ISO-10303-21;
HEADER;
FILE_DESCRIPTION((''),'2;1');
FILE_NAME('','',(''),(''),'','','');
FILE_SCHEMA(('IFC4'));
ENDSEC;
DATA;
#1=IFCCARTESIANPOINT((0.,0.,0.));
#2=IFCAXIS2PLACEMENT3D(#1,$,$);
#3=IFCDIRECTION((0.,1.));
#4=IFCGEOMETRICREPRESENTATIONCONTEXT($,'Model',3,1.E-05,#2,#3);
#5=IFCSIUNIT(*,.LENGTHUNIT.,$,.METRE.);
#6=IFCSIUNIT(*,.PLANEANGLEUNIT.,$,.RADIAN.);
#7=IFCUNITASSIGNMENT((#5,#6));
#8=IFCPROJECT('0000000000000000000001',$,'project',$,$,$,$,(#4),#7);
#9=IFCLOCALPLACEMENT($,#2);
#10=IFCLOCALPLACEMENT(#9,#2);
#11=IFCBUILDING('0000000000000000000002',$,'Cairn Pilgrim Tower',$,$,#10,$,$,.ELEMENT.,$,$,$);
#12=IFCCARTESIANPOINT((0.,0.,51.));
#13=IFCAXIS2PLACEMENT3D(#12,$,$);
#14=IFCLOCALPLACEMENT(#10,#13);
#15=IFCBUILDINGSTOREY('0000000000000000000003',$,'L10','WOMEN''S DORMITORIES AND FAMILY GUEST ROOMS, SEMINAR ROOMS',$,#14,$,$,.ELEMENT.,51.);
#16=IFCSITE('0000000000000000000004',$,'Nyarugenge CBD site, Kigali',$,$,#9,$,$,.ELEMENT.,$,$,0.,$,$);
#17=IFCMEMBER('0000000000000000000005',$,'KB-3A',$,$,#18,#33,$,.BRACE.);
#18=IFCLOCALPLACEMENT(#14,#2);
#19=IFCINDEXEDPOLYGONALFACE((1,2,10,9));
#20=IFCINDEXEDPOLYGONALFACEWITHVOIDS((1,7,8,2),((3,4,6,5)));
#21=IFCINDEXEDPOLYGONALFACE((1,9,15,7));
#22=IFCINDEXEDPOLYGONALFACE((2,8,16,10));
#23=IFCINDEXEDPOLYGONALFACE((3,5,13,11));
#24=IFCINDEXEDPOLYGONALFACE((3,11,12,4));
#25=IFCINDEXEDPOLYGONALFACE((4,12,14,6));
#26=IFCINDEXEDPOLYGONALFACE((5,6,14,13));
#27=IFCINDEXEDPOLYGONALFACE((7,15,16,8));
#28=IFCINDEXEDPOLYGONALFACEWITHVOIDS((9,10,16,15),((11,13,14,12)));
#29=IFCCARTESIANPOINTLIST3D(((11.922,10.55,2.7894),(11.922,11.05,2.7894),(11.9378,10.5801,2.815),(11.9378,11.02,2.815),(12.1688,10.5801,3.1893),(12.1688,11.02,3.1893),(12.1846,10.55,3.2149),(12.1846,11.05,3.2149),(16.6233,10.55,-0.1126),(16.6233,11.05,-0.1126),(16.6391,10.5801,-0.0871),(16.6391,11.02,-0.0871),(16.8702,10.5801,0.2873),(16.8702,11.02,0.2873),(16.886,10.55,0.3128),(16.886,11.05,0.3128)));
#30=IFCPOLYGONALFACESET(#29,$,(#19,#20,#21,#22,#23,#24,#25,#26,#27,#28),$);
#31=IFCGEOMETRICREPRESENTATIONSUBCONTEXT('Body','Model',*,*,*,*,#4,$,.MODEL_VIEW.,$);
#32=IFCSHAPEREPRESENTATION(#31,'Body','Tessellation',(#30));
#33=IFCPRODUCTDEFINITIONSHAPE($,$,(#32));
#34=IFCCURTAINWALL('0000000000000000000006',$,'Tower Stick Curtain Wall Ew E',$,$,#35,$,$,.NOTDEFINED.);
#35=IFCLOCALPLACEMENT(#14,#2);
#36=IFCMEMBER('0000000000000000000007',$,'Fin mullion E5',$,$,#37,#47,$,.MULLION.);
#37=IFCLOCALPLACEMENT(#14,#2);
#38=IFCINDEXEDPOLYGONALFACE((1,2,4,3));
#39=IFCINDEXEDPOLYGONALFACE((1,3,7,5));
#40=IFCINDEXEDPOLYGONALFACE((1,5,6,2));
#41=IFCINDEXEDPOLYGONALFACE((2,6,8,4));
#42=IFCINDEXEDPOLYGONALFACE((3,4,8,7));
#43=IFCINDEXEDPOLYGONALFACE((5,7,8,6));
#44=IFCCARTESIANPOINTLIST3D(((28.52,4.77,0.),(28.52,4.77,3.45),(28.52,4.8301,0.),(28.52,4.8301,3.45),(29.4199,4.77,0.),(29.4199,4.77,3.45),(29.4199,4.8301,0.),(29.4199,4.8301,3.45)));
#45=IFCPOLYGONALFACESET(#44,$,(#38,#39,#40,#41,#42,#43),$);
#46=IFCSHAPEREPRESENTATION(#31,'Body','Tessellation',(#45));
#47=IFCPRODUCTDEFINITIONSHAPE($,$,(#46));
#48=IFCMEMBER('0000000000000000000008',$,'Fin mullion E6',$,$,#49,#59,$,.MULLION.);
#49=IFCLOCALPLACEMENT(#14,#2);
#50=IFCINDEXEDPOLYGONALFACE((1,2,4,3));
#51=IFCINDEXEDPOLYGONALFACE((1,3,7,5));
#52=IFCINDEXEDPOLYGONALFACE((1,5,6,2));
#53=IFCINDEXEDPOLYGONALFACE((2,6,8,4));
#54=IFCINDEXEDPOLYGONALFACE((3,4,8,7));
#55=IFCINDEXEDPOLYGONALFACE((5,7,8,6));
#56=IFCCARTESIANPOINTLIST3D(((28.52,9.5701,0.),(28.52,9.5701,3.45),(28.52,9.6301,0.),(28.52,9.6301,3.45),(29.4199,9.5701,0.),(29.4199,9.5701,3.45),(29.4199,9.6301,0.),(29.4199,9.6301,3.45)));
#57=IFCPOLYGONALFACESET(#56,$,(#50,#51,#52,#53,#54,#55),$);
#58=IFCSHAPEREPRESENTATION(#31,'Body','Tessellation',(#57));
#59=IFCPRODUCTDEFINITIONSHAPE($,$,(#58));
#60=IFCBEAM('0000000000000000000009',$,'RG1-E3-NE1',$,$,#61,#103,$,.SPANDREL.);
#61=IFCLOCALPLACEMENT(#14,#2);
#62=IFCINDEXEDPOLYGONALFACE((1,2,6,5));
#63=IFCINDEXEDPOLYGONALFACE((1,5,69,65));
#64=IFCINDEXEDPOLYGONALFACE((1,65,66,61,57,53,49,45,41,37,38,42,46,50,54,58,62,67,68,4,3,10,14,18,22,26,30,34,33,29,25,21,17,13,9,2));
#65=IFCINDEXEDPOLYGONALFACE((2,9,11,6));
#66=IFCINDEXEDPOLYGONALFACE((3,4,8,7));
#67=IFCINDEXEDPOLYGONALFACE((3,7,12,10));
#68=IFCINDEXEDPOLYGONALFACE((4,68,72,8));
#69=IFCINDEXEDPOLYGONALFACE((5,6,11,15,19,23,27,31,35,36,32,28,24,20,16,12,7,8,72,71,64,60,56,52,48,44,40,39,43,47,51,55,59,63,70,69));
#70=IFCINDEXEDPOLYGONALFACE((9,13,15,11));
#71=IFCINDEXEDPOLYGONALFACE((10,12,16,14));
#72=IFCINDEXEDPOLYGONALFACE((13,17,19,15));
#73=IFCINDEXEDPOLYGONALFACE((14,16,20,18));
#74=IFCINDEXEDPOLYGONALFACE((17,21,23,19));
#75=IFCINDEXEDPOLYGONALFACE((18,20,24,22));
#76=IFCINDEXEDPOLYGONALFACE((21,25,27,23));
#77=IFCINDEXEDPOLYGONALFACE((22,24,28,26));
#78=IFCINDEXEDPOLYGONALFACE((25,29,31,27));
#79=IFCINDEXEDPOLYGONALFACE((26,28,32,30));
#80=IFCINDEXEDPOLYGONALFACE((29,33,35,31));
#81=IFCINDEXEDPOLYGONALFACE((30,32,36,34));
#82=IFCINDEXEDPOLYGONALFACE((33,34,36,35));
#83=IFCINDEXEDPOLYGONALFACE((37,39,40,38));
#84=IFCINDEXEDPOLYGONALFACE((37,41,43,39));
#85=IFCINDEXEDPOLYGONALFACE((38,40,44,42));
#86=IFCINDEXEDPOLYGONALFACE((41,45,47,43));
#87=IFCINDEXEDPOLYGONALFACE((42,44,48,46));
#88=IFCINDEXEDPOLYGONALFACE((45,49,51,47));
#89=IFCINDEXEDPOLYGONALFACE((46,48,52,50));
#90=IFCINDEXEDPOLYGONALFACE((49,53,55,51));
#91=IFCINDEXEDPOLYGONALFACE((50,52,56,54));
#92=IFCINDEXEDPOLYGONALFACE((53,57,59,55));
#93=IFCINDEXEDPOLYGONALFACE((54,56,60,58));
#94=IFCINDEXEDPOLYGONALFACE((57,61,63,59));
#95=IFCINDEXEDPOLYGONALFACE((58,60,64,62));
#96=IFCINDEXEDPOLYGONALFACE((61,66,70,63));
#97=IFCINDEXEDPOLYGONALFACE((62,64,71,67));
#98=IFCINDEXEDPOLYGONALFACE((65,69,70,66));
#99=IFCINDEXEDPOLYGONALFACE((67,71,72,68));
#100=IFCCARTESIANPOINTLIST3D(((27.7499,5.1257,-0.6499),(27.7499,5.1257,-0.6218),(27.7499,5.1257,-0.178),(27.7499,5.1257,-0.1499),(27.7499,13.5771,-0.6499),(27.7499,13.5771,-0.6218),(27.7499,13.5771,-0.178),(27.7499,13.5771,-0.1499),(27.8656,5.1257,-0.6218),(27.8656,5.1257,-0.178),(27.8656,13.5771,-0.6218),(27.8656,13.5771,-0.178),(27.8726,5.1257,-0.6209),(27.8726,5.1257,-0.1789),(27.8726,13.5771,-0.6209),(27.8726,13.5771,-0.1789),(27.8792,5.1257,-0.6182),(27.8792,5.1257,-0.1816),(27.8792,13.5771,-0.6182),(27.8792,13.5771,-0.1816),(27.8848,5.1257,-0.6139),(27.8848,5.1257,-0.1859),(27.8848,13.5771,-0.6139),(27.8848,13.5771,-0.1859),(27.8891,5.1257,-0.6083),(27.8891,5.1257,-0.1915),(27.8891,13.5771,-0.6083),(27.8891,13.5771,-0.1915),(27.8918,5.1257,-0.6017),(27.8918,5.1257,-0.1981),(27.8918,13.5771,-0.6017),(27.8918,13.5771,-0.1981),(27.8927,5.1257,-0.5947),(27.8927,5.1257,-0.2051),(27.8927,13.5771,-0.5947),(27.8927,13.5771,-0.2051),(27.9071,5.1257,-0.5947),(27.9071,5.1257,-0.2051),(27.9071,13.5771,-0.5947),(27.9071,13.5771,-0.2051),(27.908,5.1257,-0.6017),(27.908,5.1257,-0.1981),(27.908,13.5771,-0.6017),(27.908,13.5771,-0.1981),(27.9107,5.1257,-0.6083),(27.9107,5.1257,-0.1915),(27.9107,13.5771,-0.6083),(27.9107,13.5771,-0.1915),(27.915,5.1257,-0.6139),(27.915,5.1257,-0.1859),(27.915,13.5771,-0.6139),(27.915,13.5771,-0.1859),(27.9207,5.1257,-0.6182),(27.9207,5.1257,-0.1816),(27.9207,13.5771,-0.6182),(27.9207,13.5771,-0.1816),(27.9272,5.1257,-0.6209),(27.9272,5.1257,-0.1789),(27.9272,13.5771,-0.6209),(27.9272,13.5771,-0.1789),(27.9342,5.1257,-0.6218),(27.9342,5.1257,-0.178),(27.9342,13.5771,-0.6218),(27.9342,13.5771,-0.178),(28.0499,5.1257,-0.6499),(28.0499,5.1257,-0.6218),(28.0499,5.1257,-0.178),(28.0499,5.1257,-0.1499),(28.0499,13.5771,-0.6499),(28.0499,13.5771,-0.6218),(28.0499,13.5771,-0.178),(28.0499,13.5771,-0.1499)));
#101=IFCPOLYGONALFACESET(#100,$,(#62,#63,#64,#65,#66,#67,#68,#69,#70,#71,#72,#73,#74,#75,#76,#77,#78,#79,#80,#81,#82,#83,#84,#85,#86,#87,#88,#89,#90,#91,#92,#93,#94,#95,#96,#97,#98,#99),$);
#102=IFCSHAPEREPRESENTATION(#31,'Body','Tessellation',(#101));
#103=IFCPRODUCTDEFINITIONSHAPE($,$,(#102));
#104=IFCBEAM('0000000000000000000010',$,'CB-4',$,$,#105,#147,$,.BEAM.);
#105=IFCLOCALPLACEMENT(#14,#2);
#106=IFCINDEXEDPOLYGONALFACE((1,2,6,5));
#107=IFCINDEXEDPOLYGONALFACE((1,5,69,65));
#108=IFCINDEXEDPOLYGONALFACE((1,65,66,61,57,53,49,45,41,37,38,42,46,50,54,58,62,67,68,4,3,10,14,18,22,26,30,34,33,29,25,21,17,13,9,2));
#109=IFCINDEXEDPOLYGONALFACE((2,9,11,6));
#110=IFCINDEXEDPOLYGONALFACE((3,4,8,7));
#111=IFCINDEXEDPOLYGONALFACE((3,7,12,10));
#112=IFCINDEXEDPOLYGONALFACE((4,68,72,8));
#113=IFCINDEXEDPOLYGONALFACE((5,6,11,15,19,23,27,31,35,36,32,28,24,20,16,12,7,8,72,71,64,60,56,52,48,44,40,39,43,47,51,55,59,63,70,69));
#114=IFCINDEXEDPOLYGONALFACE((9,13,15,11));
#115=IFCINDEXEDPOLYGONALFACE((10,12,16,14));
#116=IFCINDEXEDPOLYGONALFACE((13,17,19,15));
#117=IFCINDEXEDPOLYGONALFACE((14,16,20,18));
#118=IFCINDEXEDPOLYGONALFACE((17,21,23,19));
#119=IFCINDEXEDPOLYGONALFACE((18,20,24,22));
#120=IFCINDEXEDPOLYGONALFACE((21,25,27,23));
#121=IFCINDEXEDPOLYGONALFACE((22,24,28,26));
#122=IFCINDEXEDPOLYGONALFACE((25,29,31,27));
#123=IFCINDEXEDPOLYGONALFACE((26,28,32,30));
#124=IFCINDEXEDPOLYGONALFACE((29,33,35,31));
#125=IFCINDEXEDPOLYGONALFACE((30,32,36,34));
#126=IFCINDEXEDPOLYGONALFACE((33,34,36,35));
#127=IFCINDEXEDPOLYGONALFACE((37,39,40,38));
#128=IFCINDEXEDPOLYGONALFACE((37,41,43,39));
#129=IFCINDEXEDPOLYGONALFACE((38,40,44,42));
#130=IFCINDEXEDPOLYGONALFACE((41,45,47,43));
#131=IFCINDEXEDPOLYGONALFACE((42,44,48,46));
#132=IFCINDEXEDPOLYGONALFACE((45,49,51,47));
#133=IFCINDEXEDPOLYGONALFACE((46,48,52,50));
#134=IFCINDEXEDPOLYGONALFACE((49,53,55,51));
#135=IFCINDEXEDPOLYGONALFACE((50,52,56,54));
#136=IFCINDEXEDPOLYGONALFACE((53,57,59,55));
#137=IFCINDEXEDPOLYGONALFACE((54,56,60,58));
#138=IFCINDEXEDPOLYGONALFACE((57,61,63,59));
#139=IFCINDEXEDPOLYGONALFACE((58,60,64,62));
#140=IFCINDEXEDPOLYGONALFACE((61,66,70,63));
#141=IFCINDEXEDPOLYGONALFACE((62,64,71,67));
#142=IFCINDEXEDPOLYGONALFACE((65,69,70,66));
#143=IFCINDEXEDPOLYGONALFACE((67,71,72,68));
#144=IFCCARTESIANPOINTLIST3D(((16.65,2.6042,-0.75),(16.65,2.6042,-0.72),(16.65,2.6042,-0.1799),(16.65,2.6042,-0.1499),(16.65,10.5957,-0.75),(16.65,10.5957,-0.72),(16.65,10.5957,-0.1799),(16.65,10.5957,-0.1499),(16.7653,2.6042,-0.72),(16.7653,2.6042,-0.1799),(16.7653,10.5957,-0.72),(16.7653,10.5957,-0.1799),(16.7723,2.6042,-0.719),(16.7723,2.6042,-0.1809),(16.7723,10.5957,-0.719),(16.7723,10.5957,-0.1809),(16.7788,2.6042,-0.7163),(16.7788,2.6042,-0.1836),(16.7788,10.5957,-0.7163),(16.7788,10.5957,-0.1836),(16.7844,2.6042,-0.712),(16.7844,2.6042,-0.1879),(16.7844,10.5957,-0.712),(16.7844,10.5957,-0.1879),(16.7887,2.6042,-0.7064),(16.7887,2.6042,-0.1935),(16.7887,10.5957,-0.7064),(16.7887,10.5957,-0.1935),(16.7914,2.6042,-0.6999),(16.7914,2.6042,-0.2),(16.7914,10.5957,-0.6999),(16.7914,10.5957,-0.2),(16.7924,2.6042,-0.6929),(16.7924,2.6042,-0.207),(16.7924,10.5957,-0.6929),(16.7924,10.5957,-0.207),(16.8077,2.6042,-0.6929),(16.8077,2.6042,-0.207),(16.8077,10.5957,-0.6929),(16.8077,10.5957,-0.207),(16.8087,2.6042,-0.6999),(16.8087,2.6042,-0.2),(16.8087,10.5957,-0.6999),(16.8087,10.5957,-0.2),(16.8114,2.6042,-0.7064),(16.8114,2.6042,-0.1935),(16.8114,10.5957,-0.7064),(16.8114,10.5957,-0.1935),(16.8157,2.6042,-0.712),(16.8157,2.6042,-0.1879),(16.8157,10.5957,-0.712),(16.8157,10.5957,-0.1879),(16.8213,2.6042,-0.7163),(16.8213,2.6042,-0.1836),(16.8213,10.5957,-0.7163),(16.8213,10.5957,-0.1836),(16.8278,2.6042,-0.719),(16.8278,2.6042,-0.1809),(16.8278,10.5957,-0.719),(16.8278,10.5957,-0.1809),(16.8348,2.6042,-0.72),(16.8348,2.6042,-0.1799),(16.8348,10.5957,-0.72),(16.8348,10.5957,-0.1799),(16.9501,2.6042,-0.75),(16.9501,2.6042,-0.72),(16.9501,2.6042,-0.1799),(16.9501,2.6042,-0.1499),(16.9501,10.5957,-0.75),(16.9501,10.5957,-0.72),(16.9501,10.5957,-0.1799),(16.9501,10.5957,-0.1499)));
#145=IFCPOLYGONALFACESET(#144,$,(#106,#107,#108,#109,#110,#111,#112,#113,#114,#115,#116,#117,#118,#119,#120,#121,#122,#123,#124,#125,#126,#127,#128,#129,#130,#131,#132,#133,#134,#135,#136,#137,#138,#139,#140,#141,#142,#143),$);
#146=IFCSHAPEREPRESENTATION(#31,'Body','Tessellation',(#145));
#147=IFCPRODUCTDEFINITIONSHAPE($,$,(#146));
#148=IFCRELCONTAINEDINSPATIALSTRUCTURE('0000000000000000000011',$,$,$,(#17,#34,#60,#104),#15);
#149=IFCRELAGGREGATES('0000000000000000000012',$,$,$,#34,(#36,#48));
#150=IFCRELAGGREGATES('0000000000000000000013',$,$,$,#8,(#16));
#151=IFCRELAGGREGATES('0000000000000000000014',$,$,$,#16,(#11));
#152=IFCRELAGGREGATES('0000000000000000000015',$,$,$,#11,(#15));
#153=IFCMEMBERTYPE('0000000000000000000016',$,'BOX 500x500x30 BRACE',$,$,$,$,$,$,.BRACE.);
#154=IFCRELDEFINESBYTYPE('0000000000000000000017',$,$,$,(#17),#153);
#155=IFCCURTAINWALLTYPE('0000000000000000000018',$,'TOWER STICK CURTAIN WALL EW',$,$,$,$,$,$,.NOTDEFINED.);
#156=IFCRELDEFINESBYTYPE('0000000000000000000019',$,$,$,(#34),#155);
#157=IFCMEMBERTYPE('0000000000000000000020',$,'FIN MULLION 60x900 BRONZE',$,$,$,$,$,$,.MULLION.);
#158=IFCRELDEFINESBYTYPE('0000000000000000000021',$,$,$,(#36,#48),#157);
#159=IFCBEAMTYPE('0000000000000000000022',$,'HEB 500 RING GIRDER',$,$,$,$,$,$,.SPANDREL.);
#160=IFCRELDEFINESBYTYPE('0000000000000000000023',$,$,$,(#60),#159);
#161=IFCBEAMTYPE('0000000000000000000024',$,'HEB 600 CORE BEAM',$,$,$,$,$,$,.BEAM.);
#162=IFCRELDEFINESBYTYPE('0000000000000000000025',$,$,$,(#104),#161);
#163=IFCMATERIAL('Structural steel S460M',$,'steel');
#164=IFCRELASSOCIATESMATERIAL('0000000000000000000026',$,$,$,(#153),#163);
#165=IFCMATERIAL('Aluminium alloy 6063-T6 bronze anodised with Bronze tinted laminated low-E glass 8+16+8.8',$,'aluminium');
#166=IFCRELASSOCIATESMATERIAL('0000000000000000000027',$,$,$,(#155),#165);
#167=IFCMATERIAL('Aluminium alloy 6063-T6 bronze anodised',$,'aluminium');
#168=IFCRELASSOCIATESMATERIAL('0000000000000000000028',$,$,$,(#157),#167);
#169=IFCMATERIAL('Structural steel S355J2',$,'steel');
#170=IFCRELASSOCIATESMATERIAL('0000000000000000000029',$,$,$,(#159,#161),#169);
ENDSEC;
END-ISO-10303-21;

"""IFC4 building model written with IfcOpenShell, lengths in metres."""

from ifc_helpers import new_model, si_unit, direction, frame, origin, origin_2d, place, context, subcontext, project, spatial, rectangle, hollow_rectangle, i_section, extrude, material, material_profile, profile_set, type_object, element, aggregate, save


model = new_model("IFC4")

# Units and contexts
model_context = context("Model", 3, precision=1e-05, world=origin(), true_north=direction((0.0, 1.0)))
body_context = subcontext(model_context, "Body", "Model", "MODEL_VIEW")
ifc_project = project(units=[si_unit("LENGTHUNIT", "METRE"), si_unit("PLANEANGLEUNIT", "RADIAN")], contexts=[model_context])

# Site, building, storey
site_placement = place(None, origin())
site = spatial("IfcSite", under=ifc_project, at=site_placement, Name="Nyarugenge CBD site, Kigali", CompositionType="ELEMENT", RefElevation=0.0)
building_placement = place(site_placement, origin())
building = spatial("IfcBuilding", under=site, at=building_placement, Name="Cairn Pilgrim Tower", CompositionType="ELEMENT")
storey_placement = place(building_placement, frame((0.0, 0.0, 51.0)))
storey = spatial("IfcBuildingStorey", under=building, at=storey_placement, Name="L10", Description="WOMEN'S DORMITORIES AND FAMILY GUEST ROOMS, SEMINAR ROOMS", CompositionType="ELEMENT", Elevation=51.0)

# Shared definitions
ifc_material_1 = material(Name="Structural steel S460M", Category="steel")

# Member
ifc_material_profile_1 = material_profile(ifc_material_1, hollow_rectangle(XDim=0.5, YDim=0.5, WallThickness=0.03, at=origin_2d()), Name="BOX 500x500x30")
ifc_profile_set_1 = profile_set([ifc_material_profile_1], Name="Structural steel S460M")
member_type_1 = type_object("IfcMemberType", Name="BOX 500x500x30 BRACE", PredefinedType="BRACE", material=ifc_profile_set_1)
member_1_placement = place(storey_placement, frame((16.7546, 10.8, 0.1001), z_axis=(-0.850937, 0.0, 0.525268), x_axis=(0.0, -1.0, 0.0)))
element("IfcMember", 1, at=member_1_placement, inside=storey, type_object=member_type_1, Name="KB-3A", PredefinedType="BRACE", context=body_context, shape_type="SweptSolid", body=[
    extrude(hollow_rectangle(XDim=0.5, YDim=0.5, WallThickness=0.03, at=origin_2d()), origin(), (0.0, 0.0, 1.0), 5.5249),
])

# Curtain wall, members
ifc_material_2 = material(Name="Aluminium alloy 6063-T6 bronze anodised with Bronze tinted laminated low-E glass 8+16+8.8", Category="aluminium")
curtain_wall_type = type_object("IfcCurtainWallType", Name="TOWER STICK CURTAIN WALL EW", PredefinedType="NOTDEFINED", material=ifc_material_2)
curtain_wall_placement = place(storey_placement, origin())
curtain_wall = element("IfcCurtainWall", 2, at=curtain_wall_placement, inside=storey, type_object=curtain_wall_type, Name="Tower Stick Curtain Wall Ew E", PredefinedType="NOTDEFINED")
ifc_material_3 = material(Name="Aluminium alloy 6063-T6 bronze anodised", Category="aluminium")
ifc_material_profile_2 = material_profile(ifc_material_3, rectangle(XDim=0.8999, YDim=0.0601, at=origin_2d()), Name="FIN MULLION 60x900 BRONZE")
ifc_profile_set_2 = profile_set([ifc_material_profile_2], Name="Aluminium alloy 6063-T6 bronze anodised")
member_type_2 = type_object("IfcMemberType", Name="FIN MULLION 60x900 BRONZE", PredefinedType="MULLION", material=ifc_profile_set_2)
member_2_placement = place(storey_placement, frame((28.97, 4.8, 0.0), z_axis=(0.0, 0.0, 1.0), x_axis=(1.0, 0.0, 0.0)))
member_2 = element("IfcMember", 3, at=member_2_placement, type_object=member_type_2, Name="Fin mullion E5", PredefinedType="MULLION", context=body_context, shape_type="SweptSolid", body=[
    extrude(rectangle(XDim=0.8999, YDim=0.0601, at=origin_2d()), origin(), (0.0, 0.0, 1.0), 3.45),
])
member_3_placement = place(storey_placement, frame((28.97, 9.6001, 0.0), z_axis=(0.0, 0.0, 1.0), x_axis=(1.0, 0.0, 0.0)))
member_3 = element("IfcMember", 4, at=member_3_placement, type_object=member_type_2, Name="Fin mullion E6", PredefinedType="MULLION", context=body_context, shape_type="SweptSolid", body=[
    extrude(rectangle(XDim=0.8999, YDim=0.0601, at=origin_2d()), origin(), (0.0, 0.0, 1.0), 3.45),
])

# Beams
ifc_material_4 = material(Name="Structural steel S355J2", Category="steel")
ifc_material_profile_3 = material_profile(ifc_material_4, i_section(OverallWidth=0.3, OverallDepth=0.5, WebThickness=0.0144, FlangeThickness=0.0281, FilletRadius=0.0271, at=origin_2d()), Name="HEB 500")
ifc_profile_set_3 = profile_set([ifc_material_profile_3], Name="Structural steel S355J2")
beam_type_1 = type_object("IfcBeamType", Name="HEB 500 RING GIRDER", PredefinedType="SPANDREL", material=ifc_profile_set_3)
beam_1_placement = place(storey_placement, frame((27.8999, 5.1257, -0.3999), z_axis=(0.0, 1.0, 0.0), x_axis=(-1.0, 0.0, 0.0)))
element("IfcBeam", 5, at=beam_1_placement, inside=storey, type_object=beam_type_1, Name="RG1-E3-NE1", PredefinedType="SPANDREL", context=body_context, shape_type="SweptSolid", body=[
    extrude(i_section(OverallWidth=0.3, OverallDepth=0.5, WebThickness=0.0144, FlangeThickness=0.0281, FilletRadius=0.0271, at=origin_2d()), origin(), (0.0, 0.0, 1.0), 8.4514),
])
ifc_material_profile_4 = material_profile(ifc_material_4, i_section(OverallWidth=0.3, OverallDepth=0.6001, WebThickness=0.0154, FlangeThickness=0.03, FilletRadius=0.0271, at=origin_2d()), Name="HEB 600")
ifc_profile_set_4 = profile_set([ifc_material_profile_4], Name="Structural steel S355J2")
beam_type_2 = type_object("IfcBeamType", Name="HEB 600 CORE BEAM", PredefinedType="BEAM", material=ifc_profile_set_4)
beam_2_placement = place(storey_placement, frame((16.8, 2.6042, -0.45), z_axis=(0.0, 1.0, 0.0), x_axis=(-1.0, 0.0, 0.0)))
element("IfcBeam", 6, at=beam_2_placement, inside=storey, type_object=beam_type_2, Name="CB-4", PredefinedType="BEAM", context=body_context, shape_type="SweptSolid", body=[
    extrude(i_section(OverallWidth=0.3, OverallDepth=0.6001, WebThickness=0.0154, FlangeThickness=0.03, FilletRadius=0.0271, at=origin_2d()), origin(), (0.0, 0.0, 1.0), 7.9915),
])

aggregate(curtain_wall, [member_2, member_3])

save(model, "model.ifc")
